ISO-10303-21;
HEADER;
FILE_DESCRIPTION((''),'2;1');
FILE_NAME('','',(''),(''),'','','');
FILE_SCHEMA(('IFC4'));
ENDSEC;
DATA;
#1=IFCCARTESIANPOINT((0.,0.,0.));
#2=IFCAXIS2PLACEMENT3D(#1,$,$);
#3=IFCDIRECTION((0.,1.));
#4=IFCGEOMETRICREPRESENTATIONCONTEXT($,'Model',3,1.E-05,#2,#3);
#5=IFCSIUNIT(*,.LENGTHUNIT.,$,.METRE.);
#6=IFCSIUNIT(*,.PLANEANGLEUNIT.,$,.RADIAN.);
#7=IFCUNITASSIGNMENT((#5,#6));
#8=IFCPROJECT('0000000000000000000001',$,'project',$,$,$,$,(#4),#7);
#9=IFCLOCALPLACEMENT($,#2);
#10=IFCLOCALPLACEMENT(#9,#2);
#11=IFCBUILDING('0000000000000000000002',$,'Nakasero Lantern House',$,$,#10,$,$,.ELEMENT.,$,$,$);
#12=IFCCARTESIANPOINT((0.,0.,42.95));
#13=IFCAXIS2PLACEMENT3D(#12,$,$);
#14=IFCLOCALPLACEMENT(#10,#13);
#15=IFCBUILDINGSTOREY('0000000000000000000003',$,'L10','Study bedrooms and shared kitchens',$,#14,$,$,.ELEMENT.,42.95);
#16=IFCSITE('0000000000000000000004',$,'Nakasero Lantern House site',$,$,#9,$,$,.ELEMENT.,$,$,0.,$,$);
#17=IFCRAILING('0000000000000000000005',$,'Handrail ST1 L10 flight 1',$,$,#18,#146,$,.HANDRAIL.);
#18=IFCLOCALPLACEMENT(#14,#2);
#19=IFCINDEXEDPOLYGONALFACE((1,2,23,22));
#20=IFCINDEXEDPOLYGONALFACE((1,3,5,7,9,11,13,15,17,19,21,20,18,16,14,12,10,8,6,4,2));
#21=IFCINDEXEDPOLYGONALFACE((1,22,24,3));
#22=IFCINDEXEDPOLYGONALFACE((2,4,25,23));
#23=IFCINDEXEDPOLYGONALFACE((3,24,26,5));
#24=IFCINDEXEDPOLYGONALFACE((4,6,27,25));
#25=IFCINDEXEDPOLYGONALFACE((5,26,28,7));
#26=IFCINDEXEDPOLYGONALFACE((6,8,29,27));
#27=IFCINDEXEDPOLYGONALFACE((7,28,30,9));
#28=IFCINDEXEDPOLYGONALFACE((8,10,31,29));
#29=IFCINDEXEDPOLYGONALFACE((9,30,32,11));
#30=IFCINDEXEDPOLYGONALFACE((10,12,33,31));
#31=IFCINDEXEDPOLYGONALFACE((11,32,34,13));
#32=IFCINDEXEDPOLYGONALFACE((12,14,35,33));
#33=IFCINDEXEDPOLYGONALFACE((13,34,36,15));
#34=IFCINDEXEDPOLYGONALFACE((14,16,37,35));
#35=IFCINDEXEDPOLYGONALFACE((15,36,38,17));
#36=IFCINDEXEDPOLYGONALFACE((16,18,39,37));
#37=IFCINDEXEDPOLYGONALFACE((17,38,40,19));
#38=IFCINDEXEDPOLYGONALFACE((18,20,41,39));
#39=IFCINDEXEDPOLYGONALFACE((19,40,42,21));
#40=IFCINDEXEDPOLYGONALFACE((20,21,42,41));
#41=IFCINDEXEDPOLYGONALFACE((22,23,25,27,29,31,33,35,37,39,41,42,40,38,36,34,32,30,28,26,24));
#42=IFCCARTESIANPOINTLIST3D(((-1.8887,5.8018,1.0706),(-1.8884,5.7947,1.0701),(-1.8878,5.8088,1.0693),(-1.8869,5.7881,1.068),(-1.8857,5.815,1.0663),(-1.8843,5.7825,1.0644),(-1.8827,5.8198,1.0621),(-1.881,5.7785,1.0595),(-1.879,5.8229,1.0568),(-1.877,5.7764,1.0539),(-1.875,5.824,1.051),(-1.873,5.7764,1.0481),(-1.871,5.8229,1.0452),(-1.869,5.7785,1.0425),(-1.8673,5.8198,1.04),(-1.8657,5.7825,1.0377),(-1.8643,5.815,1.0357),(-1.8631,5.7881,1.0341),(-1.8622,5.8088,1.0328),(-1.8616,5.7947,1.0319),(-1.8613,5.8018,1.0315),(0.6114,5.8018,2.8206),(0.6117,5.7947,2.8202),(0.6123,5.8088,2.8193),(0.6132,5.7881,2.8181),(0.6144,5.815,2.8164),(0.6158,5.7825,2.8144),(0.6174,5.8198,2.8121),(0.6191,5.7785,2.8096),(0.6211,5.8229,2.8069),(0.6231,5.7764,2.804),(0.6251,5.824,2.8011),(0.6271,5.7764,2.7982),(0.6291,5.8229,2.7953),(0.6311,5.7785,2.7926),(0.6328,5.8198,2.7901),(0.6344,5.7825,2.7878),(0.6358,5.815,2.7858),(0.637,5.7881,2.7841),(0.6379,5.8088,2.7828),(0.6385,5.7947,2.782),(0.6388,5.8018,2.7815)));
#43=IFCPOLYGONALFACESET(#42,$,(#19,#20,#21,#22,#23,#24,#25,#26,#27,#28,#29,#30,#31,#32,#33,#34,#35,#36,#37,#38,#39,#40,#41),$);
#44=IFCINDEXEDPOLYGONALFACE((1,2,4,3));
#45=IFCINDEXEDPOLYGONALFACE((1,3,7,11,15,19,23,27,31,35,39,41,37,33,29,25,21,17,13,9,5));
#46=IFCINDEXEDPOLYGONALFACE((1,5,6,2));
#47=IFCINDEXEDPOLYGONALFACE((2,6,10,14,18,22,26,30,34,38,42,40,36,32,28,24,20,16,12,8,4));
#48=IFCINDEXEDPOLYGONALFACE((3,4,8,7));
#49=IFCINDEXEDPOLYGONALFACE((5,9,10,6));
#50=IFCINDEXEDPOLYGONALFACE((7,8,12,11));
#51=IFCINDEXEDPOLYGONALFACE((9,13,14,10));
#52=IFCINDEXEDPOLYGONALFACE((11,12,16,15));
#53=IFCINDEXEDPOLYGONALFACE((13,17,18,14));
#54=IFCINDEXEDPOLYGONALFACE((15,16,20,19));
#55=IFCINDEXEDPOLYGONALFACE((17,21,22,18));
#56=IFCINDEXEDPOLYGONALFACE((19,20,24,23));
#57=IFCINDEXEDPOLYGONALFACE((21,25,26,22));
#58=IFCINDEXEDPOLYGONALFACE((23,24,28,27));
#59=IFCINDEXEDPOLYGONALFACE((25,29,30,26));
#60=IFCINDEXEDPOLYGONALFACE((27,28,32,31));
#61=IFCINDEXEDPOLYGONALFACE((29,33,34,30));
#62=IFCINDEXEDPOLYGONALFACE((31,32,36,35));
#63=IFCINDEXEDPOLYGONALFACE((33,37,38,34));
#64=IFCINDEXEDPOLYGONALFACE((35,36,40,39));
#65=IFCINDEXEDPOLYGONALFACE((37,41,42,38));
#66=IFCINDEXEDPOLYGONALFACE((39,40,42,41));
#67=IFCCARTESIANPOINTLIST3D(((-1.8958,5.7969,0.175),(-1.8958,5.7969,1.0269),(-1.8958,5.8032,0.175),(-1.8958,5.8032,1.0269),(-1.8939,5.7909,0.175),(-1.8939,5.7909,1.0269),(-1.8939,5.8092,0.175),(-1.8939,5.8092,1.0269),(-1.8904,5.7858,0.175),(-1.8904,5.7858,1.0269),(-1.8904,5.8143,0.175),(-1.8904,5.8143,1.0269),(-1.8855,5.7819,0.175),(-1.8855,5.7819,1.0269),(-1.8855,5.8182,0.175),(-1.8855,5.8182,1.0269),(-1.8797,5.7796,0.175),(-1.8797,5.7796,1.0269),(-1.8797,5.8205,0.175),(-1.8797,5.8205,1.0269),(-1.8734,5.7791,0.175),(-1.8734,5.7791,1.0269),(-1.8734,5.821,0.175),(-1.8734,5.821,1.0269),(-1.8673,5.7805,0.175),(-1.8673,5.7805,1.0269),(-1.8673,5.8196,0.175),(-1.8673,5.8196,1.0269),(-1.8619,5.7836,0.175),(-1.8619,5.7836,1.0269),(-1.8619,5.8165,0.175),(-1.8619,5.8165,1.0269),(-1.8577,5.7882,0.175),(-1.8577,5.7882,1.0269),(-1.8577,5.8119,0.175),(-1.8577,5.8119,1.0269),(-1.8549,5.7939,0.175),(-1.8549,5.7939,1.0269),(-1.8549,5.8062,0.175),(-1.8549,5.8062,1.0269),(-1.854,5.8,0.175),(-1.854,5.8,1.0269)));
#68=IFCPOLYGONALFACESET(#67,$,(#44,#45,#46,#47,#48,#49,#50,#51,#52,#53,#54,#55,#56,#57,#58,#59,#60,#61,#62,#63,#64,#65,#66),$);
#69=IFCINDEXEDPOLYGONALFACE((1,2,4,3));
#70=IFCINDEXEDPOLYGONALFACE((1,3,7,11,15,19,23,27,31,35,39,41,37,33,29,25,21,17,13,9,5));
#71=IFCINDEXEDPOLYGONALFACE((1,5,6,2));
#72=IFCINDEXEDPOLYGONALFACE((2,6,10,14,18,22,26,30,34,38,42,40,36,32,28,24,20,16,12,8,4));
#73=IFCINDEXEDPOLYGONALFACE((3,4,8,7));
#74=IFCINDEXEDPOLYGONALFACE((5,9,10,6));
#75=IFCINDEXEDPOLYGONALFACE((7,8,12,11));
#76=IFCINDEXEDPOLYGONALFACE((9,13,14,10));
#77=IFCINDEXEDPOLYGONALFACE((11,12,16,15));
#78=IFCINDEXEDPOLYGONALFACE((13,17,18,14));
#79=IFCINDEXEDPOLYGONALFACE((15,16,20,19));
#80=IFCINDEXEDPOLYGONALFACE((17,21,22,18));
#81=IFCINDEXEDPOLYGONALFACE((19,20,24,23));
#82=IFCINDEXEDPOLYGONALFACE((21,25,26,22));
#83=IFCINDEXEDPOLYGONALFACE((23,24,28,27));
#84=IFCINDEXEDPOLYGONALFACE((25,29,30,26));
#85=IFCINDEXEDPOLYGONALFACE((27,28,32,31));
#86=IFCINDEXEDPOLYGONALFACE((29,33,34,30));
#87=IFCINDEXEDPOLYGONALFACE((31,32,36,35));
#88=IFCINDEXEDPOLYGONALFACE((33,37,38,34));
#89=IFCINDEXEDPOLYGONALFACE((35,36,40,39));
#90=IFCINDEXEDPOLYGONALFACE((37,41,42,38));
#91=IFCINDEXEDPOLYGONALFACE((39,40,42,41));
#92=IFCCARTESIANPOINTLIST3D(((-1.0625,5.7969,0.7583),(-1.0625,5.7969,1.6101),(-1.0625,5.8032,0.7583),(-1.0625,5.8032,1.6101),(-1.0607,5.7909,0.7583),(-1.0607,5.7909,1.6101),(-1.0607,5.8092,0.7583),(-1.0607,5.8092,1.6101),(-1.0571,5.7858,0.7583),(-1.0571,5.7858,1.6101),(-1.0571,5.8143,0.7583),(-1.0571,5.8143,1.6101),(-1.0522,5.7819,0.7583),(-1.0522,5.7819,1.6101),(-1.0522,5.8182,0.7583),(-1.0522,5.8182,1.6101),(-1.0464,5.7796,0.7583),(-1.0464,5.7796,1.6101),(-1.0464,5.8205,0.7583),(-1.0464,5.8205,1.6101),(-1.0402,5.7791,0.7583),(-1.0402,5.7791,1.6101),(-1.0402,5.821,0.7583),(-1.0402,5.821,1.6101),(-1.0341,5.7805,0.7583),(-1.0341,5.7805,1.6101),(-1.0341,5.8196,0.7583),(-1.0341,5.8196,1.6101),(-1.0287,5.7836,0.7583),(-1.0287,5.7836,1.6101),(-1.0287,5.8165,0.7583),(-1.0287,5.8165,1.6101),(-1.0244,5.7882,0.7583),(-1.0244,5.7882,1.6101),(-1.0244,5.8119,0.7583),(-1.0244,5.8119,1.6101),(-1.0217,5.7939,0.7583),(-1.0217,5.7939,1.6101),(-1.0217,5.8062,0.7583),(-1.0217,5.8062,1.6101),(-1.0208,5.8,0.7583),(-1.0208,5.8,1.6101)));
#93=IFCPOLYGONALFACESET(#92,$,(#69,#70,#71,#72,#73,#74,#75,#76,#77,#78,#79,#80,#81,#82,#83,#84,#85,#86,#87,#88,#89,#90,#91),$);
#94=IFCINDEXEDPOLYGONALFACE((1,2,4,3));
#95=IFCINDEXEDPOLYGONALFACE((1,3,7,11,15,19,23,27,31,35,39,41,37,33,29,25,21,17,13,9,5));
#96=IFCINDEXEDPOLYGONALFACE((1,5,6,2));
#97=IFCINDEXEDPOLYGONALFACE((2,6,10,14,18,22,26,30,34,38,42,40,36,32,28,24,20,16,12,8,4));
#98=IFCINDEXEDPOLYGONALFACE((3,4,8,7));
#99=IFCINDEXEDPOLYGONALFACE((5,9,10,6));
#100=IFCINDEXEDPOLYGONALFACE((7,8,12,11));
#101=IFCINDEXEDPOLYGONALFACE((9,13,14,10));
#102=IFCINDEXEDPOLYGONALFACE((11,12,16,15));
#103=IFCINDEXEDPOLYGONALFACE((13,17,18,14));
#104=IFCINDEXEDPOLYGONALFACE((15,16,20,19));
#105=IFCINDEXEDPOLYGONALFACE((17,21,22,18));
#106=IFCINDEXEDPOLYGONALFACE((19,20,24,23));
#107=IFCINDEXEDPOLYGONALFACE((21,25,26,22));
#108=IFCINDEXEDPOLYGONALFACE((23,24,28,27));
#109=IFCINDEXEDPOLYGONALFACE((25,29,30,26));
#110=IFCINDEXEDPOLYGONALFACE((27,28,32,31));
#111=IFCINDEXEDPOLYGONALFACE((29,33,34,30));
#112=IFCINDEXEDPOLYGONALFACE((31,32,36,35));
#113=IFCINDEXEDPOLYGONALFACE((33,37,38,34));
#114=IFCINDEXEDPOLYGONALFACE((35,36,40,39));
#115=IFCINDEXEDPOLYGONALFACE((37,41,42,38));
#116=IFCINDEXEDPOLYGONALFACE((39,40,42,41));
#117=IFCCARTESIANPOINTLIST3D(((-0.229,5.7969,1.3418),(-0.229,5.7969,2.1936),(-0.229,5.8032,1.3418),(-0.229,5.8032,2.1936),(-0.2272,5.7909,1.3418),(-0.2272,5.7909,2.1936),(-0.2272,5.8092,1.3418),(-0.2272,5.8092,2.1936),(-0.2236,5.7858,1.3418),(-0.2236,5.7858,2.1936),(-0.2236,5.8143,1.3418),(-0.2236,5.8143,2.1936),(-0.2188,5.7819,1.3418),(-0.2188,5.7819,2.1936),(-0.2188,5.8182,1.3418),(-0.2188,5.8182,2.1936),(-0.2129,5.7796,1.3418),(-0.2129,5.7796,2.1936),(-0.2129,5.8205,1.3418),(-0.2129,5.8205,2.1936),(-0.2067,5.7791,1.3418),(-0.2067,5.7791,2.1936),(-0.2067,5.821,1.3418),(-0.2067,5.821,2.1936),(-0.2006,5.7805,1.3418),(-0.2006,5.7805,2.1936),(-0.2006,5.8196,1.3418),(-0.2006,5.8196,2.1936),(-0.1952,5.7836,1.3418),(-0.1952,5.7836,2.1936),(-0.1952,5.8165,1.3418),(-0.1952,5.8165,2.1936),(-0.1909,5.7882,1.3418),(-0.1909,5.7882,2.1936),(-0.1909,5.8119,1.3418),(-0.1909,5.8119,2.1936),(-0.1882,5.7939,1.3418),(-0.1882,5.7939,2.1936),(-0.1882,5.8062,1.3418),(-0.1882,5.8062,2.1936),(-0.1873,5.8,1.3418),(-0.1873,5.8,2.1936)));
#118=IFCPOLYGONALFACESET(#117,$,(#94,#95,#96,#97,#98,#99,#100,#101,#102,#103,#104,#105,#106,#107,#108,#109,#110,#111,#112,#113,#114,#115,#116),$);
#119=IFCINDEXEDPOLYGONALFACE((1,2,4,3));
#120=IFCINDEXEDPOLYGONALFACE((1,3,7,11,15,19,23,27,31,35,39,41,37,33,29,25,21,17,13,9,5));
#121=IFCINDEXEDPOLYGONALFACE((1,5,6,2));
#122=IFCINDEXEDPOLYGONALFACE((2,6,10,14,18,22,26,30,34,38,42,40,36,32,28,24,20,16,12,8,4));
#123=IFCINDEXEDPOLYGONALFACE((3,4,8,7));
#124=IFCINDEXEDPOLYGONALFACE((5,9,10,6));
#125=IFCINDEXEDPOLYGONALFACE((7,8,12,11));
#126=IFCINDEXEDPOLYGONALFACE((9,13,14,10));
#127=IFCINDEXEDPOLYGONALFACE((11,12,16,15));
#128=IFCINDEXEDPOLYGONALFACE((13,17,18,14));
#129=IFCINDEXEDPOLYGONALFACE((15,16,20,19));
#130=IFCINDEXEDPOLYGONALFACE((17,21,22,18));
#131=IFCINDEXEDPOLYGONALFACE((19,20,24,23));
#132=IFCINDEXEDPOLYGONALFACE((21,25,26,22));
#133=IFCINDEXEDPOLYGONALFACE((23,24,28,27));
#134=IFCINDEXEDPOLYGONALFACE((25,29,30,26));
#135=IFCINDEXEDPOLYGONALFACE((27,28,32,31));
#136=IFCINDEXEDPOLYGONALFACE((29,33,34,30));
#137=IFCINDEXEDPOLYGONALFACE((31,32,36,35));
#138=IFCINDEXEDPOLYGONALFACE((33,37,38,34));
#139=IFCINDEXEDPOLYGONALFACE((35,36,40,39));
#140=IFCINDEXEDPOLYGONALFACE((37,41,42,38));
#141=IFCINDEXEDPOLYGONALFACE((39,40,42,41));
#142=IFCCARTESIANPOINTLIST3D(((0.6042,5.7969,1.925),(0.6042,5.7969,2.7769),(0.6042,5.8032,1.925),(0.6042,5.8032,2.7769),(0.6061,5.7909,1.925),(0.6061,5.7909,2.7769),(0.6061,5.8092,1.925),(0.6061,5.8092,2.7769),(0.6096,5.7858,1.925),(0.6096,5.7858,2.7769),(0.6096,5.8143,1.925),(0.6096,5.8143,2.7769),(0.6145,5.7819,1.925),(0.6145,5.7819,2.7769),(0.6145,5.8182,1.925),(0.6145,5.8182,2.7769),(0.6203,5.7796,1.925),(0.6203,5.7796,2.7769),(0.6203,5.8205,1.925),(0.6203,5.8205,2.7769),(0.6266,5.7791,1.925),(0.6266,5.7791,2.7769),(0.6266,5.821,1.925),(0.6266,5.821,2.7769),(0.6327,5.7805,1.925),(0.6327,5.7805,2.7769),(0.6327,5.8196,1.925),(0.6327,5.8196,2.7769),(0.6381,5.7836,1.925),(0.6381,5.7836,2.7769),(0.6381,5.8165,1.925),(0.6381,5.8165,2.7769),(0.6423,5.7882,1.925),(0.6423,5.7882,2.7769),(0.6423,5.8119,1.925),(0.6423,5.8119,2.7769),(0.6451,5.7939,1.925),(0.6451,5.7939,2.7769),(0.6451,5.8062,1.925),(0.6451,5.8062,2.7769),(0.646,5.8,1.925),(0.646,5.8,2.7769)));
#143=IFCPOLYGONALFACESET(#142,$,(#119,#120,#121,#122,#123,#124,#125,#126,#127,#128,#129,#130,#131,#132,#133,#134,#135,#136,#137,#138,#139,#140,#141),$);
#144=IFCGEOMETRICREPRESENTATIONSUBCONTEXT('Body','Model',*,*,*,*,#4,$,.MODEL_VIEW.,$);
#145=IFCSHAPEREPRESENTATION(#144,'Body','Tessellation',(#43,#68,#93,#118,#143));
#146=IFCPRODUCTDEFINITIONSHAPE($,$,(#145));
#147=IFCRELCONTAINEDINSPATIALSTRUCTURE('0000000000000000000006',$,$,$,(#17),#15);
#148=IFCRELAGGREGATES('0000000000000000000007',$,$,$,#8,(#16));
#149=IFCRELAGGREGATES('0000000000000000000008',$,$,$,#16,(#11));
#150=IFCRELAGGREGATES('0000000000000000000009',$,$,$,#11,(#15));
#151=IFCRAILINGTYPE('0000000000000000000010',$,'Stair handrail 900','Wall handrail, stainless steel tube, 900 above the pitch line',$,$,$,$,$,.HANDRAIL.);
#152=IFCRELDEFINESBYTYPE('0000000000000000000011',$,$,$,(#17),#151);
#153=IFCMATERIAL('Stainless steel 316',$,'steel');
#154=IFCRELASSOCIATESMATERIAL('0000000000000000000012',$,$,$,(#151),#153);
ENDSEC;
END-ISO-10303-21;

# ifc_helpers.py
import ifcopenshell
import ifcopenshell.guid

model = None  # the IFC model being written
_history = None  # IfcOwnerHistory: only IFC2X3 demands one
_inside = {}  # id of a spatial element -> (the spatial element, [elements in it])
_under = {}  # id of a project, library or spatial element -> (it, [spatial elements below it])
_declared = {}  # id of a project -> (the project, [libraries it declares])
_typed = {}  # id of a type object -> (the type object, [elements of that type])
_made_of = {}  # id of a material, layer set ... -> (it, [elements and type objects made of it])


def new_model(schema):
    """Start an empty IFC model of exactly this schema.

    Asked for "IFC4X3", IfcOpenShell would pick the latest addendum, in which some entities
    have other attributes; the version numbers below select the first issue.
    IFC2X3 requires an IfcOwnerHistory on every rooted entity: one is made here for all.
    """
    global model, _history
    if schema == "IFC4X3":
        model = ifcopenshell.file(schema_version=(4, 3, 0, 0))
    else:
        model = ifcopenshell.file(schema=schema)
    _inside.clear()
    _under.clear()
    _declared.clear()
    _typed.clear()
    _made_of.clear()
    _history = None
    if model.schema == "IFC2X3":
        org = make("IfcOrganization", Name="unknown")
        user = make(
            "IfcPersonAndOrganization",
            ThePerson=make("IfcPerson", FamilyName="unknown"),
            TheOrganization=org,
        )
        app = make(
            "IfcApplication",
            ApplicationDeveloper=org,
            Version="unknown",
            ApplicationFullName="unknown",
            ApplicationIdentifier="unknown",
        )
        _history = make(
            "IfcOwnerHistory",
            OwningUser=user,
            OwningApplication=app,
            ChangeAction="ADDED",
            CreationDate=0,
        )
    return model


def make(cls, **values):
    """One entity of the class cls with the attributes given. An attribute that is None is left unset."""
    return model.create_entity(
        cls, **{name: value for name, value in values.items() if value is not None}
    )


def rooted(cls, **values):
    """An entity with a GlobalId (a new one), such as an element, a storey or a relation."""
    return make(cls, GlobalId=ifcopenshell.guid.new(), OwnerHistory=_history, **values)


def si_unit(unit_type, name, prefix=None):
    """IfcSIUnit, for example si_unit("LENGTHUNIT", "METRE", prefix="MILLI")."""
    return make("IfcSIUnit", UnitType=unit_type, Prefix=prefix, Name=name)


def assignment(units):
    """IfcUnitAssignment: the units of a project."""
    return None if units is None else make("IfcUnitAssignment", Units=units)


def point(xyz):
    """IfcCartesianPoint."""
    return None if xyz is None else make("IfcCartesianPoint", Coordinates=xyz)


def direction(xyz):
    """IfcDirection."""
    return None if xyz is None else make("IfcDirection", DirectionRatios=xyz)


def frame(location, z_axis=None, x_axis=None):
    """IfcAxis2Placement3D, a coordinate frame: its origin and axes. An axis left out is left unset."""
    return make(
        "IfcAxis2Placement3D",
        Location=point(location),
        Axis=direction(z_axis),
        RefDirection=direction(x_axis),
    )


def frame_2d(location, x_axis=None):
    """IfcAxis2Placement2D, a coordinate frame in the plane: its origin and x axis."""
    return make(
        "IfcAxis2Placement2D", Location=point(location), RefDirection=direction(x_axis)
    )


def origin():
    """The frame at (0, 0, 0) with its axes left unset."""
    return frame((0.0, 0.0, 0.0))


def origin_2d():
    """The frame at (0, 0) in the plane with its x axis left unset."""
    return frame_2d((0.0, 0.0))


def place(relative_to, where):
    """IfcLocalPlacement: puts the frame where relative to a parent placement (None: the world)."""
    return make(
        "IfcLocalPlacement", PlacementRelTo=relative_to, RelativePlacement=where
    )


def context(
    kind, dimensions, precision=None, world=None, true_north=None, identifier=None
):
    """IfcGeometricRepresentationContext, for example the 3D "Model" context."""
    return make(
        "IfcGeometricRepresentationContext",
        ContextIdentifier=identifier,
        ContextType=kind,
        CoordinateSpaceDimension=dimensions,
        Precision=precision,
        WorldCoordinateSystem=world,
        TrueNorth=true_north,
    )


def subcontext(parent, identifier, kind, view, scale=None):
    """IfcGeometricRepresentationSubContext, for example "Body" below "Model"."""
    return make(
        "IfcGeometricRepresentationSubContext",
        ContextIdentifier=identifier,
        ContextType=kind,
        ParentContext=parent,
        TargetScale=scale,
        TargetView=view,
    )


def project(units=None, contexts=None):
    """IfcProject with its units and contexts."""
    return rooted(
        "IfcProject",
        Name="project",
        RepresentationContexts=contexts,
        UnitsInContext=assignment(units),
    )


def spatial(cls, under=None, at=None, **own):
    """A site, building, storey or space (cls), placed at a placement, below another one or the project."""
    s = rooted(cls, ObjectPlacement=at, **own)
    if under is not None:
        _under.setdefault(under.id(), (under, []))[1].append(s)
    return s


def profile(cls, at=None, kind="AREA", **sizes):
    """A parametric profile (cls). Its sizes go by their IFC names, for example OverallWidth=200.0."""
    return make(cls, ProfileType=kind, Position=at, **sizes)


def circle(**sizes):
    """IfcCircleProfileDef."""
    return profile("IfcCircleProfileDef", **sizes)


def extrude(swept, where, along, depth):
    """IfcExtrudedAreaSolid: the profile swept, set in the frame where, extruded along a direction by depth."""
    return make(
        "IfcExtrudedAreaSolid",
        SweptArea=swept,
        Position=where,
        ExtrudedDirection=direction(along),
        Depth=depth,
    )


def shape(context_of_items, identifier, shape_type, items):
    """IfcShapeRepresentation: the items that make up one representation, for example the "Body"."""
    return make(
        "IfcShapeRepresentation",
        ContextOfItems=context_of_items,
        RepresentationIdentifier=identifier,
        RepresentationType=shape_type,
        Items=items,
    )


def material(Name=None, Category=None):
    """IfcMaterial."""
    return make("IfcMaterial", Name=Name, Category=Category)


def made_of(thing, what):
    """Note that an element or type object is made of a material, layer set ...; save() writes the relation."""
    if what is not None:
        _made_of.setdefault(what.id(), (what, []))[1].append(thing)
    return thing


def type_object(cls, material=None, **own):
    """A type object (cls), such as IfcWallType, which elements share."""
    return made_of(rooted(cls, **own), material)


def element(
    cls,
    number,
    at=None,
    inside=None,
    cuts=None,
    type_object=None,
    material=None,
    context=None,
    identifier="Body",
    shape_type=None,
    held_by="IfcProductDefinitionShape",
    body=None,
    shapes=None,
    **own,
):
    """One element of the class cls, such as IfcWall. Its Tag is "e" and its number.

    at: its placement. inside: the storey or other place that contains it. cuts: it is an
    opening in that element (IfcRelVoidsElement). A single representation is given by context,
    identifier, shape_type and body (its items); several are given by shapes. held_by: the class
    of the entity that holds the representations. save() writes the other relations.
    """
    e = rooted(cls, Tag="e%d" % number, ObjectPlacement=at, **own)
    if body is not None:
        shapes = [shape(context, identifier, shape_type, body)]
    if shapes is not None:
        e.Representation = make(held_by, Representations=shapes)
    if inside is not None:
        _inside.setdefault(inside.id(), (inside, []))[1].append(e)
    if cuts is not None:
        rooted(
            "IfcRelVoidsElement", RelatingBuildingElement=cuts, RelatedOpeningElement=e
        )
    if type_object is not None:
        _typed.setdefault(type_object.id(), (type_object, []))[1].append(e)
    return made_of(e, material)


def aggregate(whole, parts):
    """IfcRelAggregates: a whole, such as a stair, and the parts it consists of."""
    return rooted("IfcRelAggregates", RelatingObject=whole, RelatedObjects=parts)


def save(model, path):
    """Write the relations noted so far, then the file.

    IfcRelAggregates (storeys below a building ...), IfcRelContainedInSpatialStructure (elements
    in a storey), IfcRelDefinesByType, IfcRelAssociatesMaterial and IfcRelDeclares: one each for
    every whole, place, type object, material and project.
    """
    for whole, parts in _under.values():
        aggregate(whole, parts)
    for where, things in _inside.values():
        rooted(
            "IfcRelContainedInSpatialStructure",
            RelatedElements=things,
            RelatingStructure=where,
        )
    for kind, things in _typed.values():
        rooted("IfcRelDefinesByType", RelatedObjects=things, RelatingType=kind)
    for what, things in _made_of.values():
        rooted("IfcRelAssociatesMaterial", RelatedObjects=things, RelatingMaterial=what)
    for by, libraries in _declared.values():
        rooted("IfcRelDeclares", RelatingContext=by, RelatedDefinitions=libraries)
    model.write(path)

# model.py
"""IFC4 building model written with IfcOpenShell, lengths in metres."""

from ifc_helpers import new_model, si_unit, direction, frame, origin, origin_2d, place, context, subcontext, project, spatial, circle, extrude, material, type_object, element, save


model = new_model("IFC4")

# Units and contexts
model_context = context("Model", 3, precision=1e-05, world=origin(), true_north=direction((0.0, 1.0)))
body_context = subcontext(model_context, "Body", "Model", "MODEL_VIEW")
ifc_project = project(units=[si_unit("LENGTHUNIT", "METRE"), si_unit("PLANEANGLEUNIT", "RADIAN")], contexts=[model_context])

# Site, building, storey
site_placement = place(None, origin())
site = spatial("IfcSite", under=ifc_project, at=site_placement, Name="Nakasero Lantern House site", CompositionType="ELEMENT", RefElevation=0.0)
building_placement = place(site_placement, origin())
building = spatial("IfcBuilding", under=site, at=building_placement, Name="Nakasero Lantern House", CompositionType="ELEMENT")
storey_placement = place(building_placement, frame((0.0, 0.0, 42.95)))
storey = spatial("IfcBuildingStorey", under=building, at=storey_placement, Name="L10", Description="Study bedrooms and shared kitchens", CompositionType="ELEMENT", Elevation=42.95)

# Railing
ifc_material_1 = material(Name="Stainless steel 316", Category="steel")
railing_type = type_object("IfcRailingType", Name="Stair handrail 900", Description="Wall handrail, stainless steel tube, 900 above the pitch line", PredefinedType="HANDRAIL", material=ifc_material_1)
railing_placement = place(storey_placement, frame((-1.875, 5.8, 0.175)))
element("IfcRailing", 1, at=railing_placement, inside=storey, type_object=railing_type, Name="Handrail ST1 L10 flight 1", PredefinedType="HANDRAIL", context=body_context, shape_type="SweptSolid", body=[
    extrude(circle(Radius=0.0239, at=origin_2d()), frame((0.0, 0.0, 0.876), z_axis=(0.819232, 0.0, 0.573462), x_axis=(0.0, 1.0, 0.0)), (0.0, 0.0, 1.0), 3.0518),
    extrude(circle(Radius=0.021, at=origin_2d()), origin(), (0.0, 0.0, 1.0), 0.8518),
    extrude(circle(Radius=0.021, at=origin_2d()), frame((0.8333, 0.0, 0.5833)), (0.0, 0.0, 1.0), 0.8518),
    extrude(circle(Radius=0.021, at=origin_2d()), frame((1.6667, 0.0, 1.1667)), (0.0, 0.0, 1.0), 0.8518),
    extrude(circle(Radius=0.021, at=origin_2d()), frame((2.5, 0.0, 1.75)), (0.0, 0.0, 1.0), 0.8518),
])

save(model, "model.ifc")
